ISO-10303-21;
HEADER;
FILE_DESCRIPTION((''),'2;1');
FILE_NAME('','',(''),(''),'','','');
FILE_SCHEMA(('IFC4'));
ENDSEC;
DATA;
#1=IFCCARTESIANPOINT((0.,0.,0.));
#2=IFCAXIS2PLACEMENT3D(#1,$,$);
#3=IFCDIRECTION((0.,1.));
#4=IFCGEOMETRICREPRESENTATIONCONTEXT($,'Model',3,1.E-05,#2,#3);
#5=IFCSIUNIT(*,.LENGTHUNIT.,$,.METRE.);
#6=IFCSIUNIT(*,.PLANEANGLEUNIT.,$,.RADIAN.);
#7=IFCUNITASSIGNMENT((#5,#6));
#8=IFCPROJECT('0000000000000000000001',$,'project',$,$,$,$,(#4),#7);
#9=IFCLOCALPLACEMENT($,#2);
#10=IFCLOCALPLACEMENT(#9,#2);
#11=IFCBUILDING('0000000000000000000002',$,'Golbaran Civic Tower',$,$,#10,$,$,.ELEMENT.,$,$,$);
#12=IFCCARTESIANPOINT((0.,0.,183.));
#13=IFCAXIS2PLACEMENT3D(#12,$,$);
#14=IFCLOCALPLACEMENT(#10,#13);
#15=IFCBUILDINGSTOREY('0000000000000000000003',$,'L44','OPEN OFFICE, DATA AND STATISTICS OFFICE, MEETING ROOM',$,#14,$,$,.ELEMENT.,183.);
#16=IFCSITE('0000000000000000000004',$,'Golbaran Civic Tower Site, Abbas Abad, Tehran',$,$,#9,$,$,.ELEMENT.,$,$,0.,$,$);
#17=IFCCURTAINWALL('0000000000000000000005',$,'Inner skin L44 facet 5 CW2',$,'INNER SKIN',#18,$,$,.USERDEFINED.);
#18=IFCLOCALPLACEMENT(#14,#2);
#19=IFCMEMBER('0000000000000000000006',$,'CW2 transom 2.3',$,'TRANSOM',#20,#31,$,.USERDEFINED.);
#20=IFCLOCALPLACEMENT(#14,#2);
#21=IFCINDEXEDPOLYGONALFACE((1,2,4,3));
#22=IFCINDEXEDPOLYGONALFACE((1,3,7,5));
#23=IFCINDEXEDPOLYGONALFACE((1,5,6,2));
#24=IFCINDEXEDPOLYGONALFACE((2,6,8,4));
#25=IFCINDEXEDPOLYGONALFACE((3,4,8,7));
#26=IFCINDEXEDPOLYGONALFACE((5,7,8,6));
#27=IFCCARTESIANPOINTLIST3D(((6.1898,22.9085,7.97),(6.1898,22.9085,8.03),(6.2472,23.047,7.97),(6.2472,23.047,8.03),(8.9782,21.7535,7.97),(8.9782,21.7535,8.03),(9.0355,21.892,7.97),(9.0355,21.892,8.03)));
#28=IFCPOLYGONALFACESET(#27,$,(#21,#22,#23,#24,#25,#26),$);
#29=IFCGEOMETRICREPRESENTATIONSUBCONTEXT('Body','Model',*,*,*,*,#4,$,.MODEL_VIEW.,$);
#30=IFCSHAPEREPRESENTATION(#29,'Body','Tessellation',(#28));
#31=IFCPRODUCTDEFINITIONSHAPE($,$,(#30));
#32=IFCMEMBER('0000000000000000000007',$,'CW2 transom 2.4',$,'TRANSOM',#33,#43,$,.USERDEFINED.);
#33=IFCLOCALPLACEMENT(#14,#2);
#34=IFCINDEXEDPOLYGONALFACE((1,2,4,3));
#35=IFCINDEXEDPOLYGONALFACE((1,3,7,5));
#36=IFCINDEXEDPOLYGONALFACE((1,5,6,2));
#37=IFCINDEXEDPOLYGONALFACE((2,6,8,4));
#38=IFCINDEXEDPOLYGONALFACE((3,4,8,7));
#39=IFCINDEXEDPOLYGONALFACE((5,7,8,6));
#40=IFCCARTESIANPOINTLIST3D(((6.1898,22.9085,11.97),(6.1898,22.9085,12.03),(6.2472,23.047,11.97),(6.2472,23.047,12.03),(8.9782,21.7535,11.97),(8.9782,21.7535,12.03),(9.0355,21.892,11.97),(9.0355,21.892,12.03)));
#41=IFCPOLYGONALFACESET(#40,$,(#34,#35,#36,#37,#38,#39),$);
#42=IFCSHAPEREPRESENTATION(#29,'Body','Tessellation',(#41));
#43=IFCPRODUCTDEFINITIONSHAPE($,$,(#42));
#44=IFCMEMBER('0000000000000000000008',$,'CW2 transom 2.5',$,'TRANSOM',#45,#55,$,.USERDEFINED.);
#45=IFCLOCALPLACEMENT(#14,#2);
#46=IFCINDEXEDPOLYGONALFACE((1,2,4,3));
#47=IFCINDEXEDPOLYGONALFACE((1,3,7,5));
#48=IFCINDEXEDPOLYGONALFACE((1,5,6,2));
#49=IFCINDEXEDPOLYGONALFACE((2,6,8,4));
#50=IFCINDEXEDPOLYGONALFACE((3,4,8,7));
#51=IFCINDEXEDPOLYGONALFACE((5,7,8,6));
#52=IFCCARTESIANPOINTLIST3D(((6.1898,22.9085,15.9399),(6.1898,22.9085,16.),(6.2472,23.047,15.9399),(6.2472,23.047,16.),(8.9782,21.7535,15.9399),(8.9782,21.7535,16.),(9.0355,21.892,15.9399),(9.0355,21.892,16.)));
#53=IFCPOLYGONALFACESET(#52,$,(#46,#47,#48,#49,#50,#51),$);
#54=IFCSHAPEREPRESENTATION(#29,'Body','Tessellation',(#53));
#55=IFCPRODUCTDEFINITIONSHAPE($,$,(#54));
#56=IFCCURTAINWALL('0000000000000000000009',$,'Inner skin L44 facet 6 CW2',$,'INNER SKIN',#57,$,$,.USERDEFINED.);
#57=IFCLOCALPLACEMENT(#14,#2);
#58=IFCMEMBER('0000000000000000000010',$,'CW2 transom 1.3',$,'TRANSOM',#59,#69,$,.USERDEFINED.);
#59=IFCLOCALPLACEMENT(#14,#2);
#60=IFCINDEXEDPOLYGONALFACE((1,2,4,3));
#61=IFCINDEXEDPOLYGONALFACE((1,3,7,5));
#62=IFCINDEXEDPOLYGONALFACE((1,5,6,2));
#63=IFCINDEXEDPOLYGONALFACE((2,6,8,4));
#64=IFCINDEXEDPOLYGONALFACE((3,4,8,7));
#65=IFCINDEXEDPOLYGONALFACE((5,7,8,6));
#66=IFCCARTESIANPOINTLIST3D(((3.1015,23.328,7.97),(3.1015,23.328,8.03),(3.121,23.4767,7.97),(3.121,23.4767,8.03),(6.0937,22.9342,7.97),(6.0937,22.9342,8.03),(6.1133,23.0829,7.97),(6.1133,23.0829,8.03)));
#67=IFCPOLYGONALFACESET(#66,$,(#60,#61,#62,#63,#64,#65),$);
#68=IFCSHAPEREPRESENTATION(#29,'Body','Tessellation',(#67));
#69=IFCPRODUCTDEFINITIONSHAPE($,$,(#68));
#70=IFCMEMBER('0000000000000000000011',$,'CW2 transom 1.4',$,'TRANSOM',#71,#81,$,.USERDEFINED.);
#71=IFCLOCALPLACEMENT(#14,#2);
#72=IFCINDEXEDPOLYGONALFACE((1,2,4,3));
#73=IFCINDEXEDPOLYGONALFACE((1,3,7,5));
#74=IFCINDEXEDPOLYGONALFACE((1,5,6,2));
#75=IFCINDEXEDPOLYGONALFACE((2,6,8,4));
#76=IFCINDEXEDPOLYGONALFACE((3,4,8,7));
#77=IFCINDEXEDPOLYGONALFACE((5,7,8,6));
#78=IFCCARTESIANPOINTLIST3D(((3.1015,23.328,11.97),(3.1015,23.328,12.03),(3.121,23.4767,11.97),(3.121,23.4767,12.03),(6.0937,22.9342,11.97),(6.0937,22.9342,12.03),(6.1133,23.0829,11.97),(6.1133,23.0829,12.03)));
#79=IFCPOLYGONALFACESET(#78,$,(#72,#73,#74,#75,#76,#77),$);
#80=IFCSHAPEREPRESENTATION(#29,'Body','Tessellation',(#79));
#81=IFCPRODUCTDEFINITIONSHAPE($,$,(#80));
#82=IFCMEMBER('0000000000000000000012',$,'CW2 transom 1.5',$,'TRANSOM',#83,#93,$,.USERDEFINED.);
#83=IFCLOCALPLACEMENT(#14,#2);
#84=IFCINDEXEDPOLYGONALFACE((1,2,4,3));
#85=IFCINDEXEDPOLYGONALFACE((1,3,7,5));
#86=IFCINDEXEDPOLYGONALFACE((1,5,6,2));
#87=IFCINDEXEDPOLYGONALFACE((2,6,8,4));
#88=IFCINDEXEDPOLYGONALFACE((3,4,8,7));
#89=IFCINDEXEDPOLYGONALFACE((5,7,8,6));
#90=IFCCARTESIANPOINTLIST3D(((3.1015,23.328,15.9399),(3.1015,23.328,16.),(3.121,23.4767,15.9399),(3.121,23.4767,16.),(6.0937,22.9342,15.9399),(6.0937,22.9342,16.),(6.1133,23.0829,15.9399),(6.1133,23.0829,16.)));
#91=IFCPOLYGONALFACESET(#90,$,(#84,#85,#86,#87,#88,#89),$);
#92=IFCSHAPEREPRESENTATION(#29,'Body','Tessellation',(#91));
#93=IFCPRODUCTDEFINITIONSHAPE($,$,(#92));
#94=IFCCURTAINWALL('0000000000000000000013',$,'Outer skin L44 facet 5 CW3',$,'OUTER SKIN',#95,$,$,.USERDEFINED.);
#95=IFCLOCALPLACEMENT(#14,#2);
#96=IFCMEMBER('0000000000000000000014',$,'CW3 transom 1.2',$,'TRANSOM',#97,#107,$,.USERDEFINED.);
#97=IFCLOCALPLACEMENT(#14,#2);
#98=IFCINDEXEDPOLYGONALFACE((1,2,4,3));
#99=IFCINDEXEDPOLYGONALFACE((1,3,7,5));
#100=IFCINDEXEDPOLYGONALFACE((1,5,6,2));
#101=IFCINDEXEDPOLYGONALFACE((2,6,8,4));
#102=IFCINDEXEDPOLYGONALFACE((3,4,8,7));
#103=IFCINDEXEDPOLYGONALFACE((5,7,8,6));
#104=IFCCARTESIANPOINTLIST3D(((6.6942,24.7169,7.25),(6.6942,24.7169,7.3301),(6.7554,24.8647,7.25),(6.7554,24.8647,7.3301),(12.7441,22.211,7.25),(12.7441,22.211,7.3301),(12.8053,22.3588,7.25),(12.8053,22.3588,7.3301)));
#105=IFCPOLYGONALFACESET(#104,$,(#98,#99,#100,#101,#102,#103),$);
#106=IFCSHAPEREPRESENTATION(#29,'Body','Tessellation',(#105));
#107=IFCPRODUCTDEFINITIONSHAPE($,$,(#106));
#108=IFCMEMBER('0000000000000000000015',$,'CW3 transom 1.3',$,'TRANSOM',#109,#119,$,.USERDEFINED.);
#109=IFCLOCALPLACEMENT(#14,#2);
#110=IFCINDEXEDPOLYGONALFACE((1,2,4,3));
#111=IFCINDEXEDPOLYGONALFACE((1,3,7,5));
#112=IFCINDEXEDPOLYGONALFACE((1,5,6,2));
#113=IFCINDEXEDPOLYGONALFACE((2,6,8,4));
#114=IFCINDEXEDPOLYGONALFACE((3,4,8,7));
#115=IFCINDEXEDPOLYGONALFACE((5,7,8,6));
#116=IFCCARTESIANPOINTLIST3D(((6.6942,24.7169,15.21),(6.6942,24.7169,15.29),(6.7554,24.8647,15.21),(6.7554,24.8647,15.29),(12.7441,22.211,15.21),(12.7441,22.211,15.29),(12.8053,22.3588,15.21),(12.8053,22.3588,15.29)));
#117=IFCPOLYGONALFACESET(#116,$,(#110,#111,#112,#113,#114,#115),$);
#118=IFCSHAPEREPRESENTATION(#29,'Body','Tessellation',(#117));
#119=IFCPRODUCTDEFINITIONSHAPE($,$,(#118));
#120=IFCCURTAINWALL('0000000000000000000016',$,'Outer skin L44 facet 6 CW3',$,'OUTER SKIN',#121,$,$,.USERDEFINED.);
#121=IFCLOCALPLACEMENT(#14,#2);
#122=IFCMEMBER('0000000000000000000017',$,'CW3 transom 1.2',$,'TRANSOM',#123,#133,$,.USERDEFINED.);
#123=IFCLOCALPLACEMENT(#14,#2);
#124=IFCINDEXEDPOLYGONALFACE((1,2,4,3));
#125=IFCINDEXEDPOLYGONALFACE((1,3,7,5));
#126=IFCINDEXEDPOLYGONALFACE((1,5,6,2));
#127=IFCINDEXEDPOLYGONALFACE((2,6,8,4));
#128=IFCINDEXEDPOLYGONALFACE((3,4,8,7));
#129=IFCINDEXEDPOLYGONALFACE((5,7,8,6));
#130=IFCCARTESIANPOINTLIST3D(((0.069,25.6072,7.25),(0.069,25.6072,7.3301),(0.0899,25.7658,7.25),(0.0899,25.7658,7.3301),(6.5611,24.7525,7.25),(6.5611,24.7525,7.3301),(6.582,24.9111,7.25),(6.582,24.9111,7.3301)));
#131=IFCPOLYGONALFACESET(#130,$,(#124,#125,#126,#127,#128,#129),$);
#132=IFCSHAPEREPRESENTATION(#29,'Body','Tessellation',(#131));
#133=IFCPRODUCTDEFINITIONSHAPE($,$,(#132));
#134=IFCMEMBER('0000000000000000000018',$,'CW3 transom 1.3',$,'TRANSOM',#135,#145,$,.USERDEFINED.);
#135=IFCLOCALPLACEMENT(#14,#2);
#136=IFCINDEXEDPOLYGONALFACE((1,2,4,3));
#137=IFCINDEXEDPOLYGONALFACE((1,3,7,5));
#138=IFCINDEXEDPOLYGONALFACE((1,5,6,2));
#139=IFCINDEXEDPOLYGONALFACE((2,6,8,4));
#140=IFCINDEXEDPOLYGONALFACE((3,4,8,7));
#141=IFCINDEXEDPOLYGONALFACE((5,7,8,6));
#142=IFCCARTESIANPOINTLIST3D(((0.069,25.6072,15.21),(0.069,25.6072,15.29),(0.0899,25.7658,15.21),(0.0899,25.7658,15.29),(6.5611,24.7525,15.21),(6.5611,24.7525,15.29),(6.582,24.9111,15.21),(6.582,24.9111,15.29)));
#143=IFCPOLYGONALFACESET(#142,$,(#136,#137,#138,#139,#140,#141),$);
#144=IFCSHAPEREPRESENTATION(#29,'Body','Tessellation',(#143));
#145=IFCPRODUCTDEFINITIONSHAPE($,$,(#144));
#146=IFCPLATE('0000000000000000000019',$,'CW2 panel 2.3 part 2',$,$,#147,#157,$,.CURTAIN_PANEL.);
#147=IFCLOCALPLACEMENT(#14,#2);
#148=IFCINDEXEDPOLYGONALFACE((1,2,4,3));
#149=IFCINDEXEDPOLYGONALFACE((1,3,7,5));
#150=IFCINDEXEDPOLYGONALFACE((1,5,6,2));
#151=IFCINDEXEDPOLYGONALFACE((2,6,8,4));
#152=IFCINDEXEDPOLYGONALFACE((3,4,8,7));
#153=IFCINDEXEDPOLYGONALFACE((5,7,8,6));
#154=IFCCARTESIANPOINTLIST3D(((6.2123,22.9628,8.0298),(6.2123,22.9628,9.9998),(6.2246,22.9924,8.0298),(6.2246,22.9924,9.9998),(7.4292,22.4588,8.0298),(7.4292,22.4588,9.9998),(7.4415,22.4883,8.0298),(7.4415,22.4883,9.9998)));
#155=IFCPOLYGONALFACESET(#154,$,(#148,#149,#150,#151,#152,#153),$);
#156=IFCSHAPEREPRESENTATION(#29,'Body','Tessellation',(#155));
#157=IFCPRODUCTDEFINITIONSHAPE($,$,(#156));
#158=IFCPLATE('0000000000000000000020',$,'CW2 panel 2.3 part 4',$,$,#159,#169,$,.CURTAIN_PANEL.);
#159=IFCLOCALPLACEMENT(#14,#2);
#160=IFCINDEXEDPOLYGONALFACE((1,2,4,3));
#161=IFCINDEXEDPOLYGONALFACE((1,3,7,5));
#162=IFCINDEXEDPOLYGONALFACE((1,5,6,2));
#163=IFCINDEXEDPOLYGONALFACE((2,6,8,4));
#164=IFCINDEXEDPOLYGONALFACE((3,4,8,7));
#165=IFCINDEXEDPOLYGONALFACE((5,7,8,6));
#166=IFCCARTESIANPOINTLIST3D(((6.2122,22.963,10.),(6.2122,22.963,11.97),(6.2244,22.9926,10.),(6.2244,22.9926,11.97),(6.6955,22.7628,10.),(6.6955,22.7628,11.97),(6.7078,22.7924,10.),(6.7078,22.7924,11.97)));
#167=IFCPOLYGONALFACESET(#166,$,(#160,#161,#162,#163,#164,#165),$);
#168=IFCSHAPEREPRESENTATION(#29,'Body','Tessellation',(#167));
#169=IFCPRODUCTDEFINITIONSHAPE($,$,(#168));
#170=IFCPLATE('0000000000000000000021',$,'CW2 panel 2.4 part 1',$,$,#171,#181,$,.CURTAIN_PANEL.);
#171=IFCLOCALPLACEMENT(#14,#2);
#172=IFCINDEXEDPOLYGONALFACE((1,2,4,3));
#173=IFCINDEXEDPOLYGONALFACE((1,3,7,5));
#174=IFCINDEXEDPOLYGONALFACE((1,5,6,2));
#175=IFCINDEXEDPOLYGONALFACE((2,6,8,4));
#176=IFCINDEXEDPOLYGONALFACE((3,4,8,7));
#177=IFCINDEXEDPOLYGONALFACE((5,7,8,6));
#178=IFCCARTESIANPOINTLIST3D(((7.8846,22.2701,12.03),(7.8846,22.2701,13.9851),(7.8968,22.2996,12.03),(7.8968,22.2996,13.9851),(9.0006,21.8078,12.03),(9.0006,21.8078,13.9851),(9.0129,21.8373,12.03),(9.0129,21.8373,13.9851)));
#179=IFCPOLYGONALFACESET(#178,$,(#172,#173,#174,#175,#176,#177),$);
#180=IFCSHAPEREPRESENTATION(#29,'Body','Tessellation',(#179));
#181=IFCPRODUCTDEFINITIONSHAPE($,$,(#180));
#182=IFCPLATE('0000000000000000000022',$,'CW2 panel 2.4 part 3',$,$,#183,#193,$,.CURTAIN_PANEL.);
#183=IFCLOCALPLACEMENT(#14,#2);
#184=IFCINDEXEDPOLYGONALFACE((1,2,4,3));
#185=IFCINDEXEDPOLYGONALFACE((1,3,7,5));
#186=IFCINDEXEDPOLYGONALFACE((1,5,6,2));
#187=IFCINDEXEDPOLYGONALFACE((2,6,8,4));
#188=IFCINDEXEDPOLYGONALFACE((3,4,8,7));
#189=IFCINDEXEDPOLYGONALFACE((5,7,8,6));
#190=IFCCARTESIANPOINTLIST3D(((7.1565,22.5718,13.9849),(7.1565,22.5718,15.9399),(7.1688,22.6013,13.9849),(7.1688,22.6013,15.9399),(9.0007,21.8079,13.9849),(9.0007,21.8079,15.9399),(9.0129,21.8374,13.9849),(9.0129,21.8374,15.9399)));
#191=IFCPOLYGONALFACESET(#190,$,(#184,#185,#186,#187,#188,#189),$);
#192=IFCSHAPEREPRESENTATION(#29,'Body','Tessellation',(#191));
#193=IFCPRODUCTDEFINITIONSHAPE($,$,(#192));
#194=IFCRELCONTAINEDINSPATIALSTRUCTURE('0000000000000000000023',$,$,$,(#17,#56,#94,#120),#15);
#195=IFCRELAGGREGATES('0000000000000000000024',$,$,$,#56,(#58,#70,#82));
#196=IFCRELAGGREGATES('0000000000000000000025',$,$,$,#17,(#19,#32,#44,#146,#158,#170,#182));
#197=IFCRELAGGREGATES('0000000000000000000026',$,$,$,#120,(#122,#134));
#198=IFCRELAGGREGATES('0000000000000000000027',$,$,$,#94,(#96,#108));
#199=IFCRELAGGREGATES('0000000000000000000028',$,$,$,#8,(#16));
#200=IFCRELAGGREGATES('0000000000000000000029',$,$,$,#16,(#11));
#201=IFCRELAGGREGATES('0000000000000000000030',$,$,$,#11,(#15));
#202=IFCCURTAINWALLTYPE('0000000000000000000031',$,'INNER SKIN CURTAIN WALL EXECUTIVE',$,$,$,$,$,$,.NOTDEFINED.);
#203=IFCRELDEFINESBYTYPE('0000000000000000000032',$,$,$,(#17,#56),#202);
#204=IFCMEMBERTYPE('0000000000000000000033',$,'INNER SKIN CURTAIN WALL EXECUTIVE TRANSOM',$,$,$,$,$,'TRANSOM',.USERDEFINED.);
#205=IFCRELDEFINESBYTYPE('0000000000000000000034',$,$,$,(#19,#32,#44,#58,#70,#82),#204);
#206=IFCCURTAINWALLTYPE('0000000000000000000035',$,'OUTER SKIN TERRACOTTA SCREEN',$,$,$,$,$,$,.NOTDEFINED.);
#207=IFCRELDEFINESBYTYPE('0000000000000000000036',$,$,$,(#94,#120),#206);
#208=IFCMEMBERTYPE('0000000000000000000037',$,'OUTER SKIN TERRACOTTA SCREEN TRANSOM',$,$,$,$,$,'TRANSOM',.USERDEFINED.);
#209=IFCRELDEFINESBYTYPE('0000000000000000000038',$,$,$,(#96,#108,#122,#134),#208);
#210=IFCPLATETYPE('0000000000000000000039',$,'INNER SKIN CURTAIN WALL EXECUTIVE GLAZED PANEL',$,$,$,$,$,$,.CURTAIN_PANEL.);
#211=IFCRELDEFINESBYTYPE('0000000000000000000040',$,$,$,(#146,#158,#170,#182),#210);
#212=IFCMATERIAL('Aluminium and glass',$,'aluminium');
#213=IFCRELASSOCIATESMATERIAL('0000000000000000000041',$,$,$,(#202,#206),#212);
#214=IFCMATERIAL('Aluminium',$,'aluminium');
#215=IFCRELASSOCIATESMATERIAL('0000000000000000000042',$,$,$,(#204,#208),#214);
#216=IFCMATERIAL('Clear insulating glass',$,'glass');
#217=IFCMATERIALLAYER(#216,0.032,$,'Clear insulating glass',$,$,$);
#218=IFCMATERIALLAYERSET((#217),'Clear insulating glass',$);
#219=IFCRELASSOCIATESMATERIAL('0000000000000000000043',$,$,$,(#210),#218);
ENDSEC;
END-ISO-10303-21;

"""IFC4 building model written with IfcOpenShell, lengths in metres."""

from ifc_helpers import new_model, si_unit, direction, frame, origin, origin_2d, place, context, subcontext, project, spatial, rectangle, extrude, material, layer, layer_set, material_profile, profile_set, type_object, element, aggregate, save


model = new_model("IFC4")

# Units and contexts
model_context = context("Model", 3, precision=1e-05, world=origin(), true_north=direction((0.0, 1.0)))
body_context = subcontext(model_context, "Body", "Model", "MODEL_VIEW")
ifc_project = project(units=[si_unit("LENGTHUNIT", "METRE"), si_unit("PLANEANGLEUNIT", "RADIAN")], contexts=[model_context])

# Site, building, storey
site_placement = place(None, origin())
site = spatial("IfcSite", under=ifc_project, at=site_placement, Name="Golbaran Civic Tower Site, Abbas Abad, Tehran", CompositionType="ELEMENT", RefElevation=0.0)
building_placement = place(site_placement, origin())
building = spatial("IfcBuilding", under=site, at=building_placement, Name="Golbaran Civic Tower", CompositionType="ELEMENT")
storey_placement = place(building_placement, frame((0.0, 0.0, 183.0)))
storey = spatial("IfcBuildingStorey", under=building, at=storey_placement, Name="L44", Description="OPEN OFFICE, DATA AND STATISTICS OFFICE, MEETING ROOM", CompositionType="ELEMENT", Elevation=183.0)

# Curtain walls, members
ifc_material_1 = material(Name="Aluminium and glass", Category="aluminium")
curtain_wall_type_1 = type_object("IfcCurtainWallType", Name="INNER SKIN CURTAIN WALL EXECUTIVE", PredefinedType="NOTDEFINED", material=ifc_material_1)
curtain_wall_1_placement = place(storey_placement, origin())
curtain_wall_1 = element("IfcCurtainWall", 1, at=curtain_wall_1_placement, inside=storey, type_object=curtain_wall_type_1, Name="Inner skin L44 facet 5 CW2", ObjectType="INNER SKIN", PredefinedType="USERDEFINED")
ifc_material_2 = material(Name="Aluminium", Category="aluminium")
ifc_material_profile_1 = material_profile(ifc_material_2, rectangle(XDim=0.1499, YDim=0.0601, at=origin_2d()), Name="INNER SKIN CURTAIN WALL EXECUTIVE TRANSOM")
ifc_profile_set_1 = profile_set([ifc_material_profile_1], Name="Aluminium")
member_type_1 = type_object("IfcMemberType", Name="INNER SKIN CURTAIN WALL EXECUTIVE TRANSOM", ElementType="TRANSOM", PredefinedType="USERDEFINED", material=ifc_profile_set_1)
member_1_placement = place(storey_placement, frame((9.0068, 21.8228, 8.0), z_axis=(-0.923872, 0.382702, 0.0), x_axis=(-0.382702, -0.923872, 0.0)))
member_1 = element("IfcMember", 2, at=member_1_placement, type_object=member_type_1, Name="CW2 transom 2.3", ObjectType="TRANSOM", PredefinedType="USERDEFINED", context=body_context, shape_type="SweptSolid", body=[
    extrude(rectangle(XDim=0.1499, YDim=0.0601, at=origin_2d()), origin(), (0.0, 0.0, 1.0), 3.0181),
])
member_2_placement = place(storey_placement, frame((9.0068, 21.8228, 12.0), z_axis=(-0.923872, 0.382702, 0.0), x_axis=(-0.382702, -0.923872, 0.0)))
member_2 = element("IfcMember", 3, at=member_2_placement, type_object=member_type_1, Name="CW2 transom 2.4", ObjectType="TRANSOM", PredefinedType="USERDEFINED", context=body_context, shape_type="SweptSolid", body=[
    extrude(rectangle(XDim=0.1499, YDim=0.0601, at=origin_2d()), origin(), (0.0, 0.0, 1.0), 3.0181),
])
member_3_placement = place(storey_placement, frame((9.0068, 21.8228, 15.97), z_axis=(-0.923872, 0.382702, 0.0), x_axis=(-0.382702, -0.923872, 0.0)))
member_3 = element("IfcMember", 4, at=member_3_placement, type_object=member_type_1, Name="CW2 transom 2.5", ObjectType="TRANSOM", PredefinedType="USERDEFINED", context=body_context, shape_type="SweptSolid", body=[
    extrude(rectangle(XDim=0.1499, YDim=0.0601, at=origin_2d()), origin(), (0.0, 0.0, 1.0), 3.0181),
])
curtain_wall_2_placement = place(storey_placement, origin())
curtain_wall_2 = element("IfcCurtainWall", 5, at=curtain_wall_2_placement, inside=storey, type_object=curtain_wall_type_1, Name="Inner skin L44 facet 6 CW2", ObjectType="INNER SKIN", PredefinedType="USERDEFINED")
member_4_placement = place(storey_placement, frame((6.1035, 23.0085, 8.0), z_axis=(-0.99145, 0.130484, 0.0), x_axis=(-0.130484, -0.99145, 0.0)))
member_4 = element("IfcMember", 6, at=member_4_placement, type_object=member_type_1, Name="CW2 transom 1.3", ObjectType="TRANSOM", PredefinedType="USERDEFINED", context=body_context, shape_type="SweptSolid", body=[
    extrude(rectangle(XDim=0.1499, YDim=0.0601, at=origin_2d()), origin(), (0.0, 0.0, 1.0), 3.0181),
])
member_5_placement = place(storey_placement, frame((6.1035, 23.0085, 12.0), z_axis=(-0.99145, 0.130484, 0.0), x_axis=(-0.130484, -0.99145, 0.0)))
member_5 = element("IfcMember", 7, at=member_5_placement, type_object=member_type_1, Name="CW2 transom 1.4", ObjectType="TRANSOM", PredefinedType="USERDEFINED", context=body_context, shape_type="SweptSolid", body=[
    extrude(rectangle(XDim=0.1499, YDim=0.0601, at=origin_2d()), origin(), (0.0, 0.0, 1.0), 3.0181),
])
member_6_placement = place(storey_placement, frame((6.1035, 23.0085, 15.97), z_axis=(-0.99145, 0.130484, 0.0), x_axis=(-0.130484, -0.99145, 0.0)))
member_6 = element("IfcMember", 8, at=member_6_placement, type_object=member_type_1, Name="CW2 transom 1.5", ObjectType="TRANSOM", PredefinedType="USERDEFINED", context=body_context, shape_type="SweptSolid", body=[
    extrude(rectangle(XDim=0.1499, YDim=0.0601, at=origin_2d()), origin(), (0.0, 0.0, 1.0), 3.0181),
])
aggregate(curtain_wall_2, [member_4, member_5, member_6])
curtain_wall_type_2 = type_object("IfcCurtainWallType", Name="OUTER SKIN TERRACOTTA SCREEN", PredefinedType="NOTDEFINED", material=ifc_material_1)
curtain_wall_3_placement = place(storey_placement, origin())
curtain_wall_3 = element("IfcCurtainWall", 9, at=curtain_wall_3_placement, inside=storey, type_object=curtain_wall_type_2, Name="Outer skin L44 facet 5 CW3", ObjectType="OUTER SKIN", PredefinedType="USERDEFINED")
ifc_material_profile_2 = material_profile(ifc_material_2, rectangle(XDim=0.1599, YDim=0.0801, at=origin_2d()), Name="OUTER SKIN TERRACOTTA SCREEN TRANSOM")
ifc_profile_set_2 = profile_set([ifc_material_profile_2], Name="Aluminium")
member_type_2 = type_object("IfcMemberType", Name="OUTER SKIN TERRACOTTA SCREEN TRANSOM", ElementType="TRANSOM", PredefinedType="USERDEFINED", material=ifc_profile_set_2)
member_7_placement = place(storey_placement, frame((12.7747, 22.2849, 7.29), z_axis=(-0.923882, 0.382677, 0.0), x_axis=(-0.382677, -0.923882, 0.0)))
member_7 = element("IfcMember", 10, at=member_7_placement, type_object=member_type_2, Name="CW3 transom 1.2", ObjectType="TRANSOM", PredefinedType="USERDEFINED", context=body_context, shape_type="SweptSolid", body=[
    extrude(rectangle(XDim=0.1599, YDim=0.0801, at=origin_2d()), origin(), (0.0, 0.0, 1.0), 6.5483),
])
member_8_placement = place(storey_placement, frame((12.7747, 22.2849, 15.25), z_axis=(-0.923882, 0.382677, 0.0), x_axis=(-0.382677, -0.923882, 0.0)))
member_8 = element("IfcMember", 11, at=member_8_placement, type_object=member_type_2, Name="CW3 transom 1.3", ObjectType="TRANSOM", PredefinedType="USERDEFINED", context=body_context, shape_type="SweptSolid", body=[
    extrude(rectangle(XDim=0.1599, YDim=0.0801, at=origin_2d()), origin(), (0.0, 0.0, 1.0), 6.5483),
])
curtain_wall_4_placement = place(storey_placement, origin())
curtain_wall_4 = element("IfcCurtainWall", 12, at=curtain_wall_4_placement, inside=storey, type_object=curtain_wall_type_2, Name="Outer skin L44 facet 6 CW3", ObjectType="OUTER SKIN", PredefinedType="USERDEFINED")
member_9_placement = place(storey_placement, frame((6.5715, 24.8318, 7.29), z_axis=(-0.991444, 0.13053, 0.0), x_axis=(-0.13053, -0.991444, 0.0)))
member_9 = element("IfcMember", 13, at=member_9_placement, type_object=member_type_2, Name="CW3 transom 1.2", ObjectType="TRANSOM", PredefinedType="USERDEFINED", context=body_context, shape_type="SweptSolid", body=[
    extrude(rectangle(XDim=0.1599, YDim=0.0801, at=origin_2d()), origin(), (0.0, 0.0, 1.0), 6.5481),
])
member_10_placement = place(storey_placement, frame((6.5715, 24.8318, 15.25), z_axis=(-0.991444, 0.13053, 0.0), x_axis=(-0.13053, -0.991444, 0.0)))
member_10 = element("IfcMember", 14, at=member_10_placement, type_object=member_type_2, Name="CW3 transom 1.3", ObjectType="TRANSOM", PredefinedType="USERDEFINED", context=body_context, shape_type="SweptSolid", body=[
    extrude(rectangle(XDim=0.1599, YDim=0.0801, at=origin_2d()), origin(), (0.0, 0.0, 1.0), 6.5481),
])

# Plates
ifc_material_3 = material(Name="Clear insulating glass", Category="glass")
ifc_layer_1 = layer(ifc_material_3, 0.032, Name="Clear insulating glass")
ifc_layer_set_1 = layer_set([ifc_layer_1], Name="Clear insulating glass")
plate_type_1 = type_object("IfcPlateType", Name="INNER SKIN CURTAIN WALL EXECUTIVE GLAZED PANEL", PredefinedType="CURTAIN_PANEL", material=ifc_layer_set_1)
plate_1_placement = place(storey_placement, frame((6.8269, 22.7256, 8.0298), z_axis=(0.0, 0.0, 1.0), x_axis=(-0.92388, 0.382683, 0.0)))
plate_1 = element("IfcPlate", 15, at=plate_1_placement, type_object=plate_type_1, Name="CW2 panel 2.3 part 2", PredefinedType="CURTAIN_PANEL", context=body_context, shape_type="SweptSolid", body=[
    extrude(rectangle(XDim=1.3171, YDim=0.032, at=origin_2d()), origin(), (0.0, 0.0, 1.0), 1.97),
])
plate_2_placement = place(storey_placement, frame((6.46, 22.8777, 10.0), z_axis=(0.0, 0.0, 1.0), x_axis=(-0.92388, 0.382683, 0.0)))
plate_2 = element("IfcPlate", 16, at=plate_2_placement, type_object=plate_type_1, Name="CW2 panel 2.3 part 4", PredefinedType="CURTAIN_PANEL", context=body_context, shape_type="SweptSolid", body=[
    extrude(rectangle(XDim=0.5232, YDim=0.032, at=origin_2d()), origin(), (0.0, 0.0, 1.0), 1.97),
])
plate_3_placement = place(storey_placement, frame((8.4487, 22.0537, 12.03), z_axis=(0.0, 0.0, 1.0), x_axis=(-0.92388, 0.382683, 0.0)))
plate_3 = element("IfcPlate", 17, at=plate_3_placement, type_object=plate_type_1, Name="CW2 panel 2.4 part 1", PredefinedType="CURTAIN_PANEL", context=body_context, shape_type="SweptSolid", body=[
    extrude(rectangle(XDim=1.208, YDim=0.032, at=origin_2d()), origin(), (0.0, 0.0, 1.0), 1.9551),
])
plate_4_placement = place(storey_placement, frame((8.0847, 22.2046, 13.9849), z_axis=(0.0, 0.0, 1.0), x_axis=(-0.92388, 0.382683, 0.0)))
plate_4 = element("IfcPlate", 18, at=plate_4_placement, type_object=plate_type_1, Name="CW2 panel 2.4 part 3", PredefinedType="CURTAIN_PANEL", context=body_context, shape_type="SweptSolid", body=[
    extrude(rectangle(XDim=1.9961, YDim=0.032, at=origin_2d()), origin(), (0.0, 0.0, 1.0), 1.9551),
])
aggregate(curtain_wall_1, [member_1, member_2, member_3, plate_1, plate_2, plate_3, plate_4])
aggregate(curtain_wall_4, [member_9, member_10])
aggregate(curtain_wall_3, [member_7, member_8])

save(model, "model.ifc")
